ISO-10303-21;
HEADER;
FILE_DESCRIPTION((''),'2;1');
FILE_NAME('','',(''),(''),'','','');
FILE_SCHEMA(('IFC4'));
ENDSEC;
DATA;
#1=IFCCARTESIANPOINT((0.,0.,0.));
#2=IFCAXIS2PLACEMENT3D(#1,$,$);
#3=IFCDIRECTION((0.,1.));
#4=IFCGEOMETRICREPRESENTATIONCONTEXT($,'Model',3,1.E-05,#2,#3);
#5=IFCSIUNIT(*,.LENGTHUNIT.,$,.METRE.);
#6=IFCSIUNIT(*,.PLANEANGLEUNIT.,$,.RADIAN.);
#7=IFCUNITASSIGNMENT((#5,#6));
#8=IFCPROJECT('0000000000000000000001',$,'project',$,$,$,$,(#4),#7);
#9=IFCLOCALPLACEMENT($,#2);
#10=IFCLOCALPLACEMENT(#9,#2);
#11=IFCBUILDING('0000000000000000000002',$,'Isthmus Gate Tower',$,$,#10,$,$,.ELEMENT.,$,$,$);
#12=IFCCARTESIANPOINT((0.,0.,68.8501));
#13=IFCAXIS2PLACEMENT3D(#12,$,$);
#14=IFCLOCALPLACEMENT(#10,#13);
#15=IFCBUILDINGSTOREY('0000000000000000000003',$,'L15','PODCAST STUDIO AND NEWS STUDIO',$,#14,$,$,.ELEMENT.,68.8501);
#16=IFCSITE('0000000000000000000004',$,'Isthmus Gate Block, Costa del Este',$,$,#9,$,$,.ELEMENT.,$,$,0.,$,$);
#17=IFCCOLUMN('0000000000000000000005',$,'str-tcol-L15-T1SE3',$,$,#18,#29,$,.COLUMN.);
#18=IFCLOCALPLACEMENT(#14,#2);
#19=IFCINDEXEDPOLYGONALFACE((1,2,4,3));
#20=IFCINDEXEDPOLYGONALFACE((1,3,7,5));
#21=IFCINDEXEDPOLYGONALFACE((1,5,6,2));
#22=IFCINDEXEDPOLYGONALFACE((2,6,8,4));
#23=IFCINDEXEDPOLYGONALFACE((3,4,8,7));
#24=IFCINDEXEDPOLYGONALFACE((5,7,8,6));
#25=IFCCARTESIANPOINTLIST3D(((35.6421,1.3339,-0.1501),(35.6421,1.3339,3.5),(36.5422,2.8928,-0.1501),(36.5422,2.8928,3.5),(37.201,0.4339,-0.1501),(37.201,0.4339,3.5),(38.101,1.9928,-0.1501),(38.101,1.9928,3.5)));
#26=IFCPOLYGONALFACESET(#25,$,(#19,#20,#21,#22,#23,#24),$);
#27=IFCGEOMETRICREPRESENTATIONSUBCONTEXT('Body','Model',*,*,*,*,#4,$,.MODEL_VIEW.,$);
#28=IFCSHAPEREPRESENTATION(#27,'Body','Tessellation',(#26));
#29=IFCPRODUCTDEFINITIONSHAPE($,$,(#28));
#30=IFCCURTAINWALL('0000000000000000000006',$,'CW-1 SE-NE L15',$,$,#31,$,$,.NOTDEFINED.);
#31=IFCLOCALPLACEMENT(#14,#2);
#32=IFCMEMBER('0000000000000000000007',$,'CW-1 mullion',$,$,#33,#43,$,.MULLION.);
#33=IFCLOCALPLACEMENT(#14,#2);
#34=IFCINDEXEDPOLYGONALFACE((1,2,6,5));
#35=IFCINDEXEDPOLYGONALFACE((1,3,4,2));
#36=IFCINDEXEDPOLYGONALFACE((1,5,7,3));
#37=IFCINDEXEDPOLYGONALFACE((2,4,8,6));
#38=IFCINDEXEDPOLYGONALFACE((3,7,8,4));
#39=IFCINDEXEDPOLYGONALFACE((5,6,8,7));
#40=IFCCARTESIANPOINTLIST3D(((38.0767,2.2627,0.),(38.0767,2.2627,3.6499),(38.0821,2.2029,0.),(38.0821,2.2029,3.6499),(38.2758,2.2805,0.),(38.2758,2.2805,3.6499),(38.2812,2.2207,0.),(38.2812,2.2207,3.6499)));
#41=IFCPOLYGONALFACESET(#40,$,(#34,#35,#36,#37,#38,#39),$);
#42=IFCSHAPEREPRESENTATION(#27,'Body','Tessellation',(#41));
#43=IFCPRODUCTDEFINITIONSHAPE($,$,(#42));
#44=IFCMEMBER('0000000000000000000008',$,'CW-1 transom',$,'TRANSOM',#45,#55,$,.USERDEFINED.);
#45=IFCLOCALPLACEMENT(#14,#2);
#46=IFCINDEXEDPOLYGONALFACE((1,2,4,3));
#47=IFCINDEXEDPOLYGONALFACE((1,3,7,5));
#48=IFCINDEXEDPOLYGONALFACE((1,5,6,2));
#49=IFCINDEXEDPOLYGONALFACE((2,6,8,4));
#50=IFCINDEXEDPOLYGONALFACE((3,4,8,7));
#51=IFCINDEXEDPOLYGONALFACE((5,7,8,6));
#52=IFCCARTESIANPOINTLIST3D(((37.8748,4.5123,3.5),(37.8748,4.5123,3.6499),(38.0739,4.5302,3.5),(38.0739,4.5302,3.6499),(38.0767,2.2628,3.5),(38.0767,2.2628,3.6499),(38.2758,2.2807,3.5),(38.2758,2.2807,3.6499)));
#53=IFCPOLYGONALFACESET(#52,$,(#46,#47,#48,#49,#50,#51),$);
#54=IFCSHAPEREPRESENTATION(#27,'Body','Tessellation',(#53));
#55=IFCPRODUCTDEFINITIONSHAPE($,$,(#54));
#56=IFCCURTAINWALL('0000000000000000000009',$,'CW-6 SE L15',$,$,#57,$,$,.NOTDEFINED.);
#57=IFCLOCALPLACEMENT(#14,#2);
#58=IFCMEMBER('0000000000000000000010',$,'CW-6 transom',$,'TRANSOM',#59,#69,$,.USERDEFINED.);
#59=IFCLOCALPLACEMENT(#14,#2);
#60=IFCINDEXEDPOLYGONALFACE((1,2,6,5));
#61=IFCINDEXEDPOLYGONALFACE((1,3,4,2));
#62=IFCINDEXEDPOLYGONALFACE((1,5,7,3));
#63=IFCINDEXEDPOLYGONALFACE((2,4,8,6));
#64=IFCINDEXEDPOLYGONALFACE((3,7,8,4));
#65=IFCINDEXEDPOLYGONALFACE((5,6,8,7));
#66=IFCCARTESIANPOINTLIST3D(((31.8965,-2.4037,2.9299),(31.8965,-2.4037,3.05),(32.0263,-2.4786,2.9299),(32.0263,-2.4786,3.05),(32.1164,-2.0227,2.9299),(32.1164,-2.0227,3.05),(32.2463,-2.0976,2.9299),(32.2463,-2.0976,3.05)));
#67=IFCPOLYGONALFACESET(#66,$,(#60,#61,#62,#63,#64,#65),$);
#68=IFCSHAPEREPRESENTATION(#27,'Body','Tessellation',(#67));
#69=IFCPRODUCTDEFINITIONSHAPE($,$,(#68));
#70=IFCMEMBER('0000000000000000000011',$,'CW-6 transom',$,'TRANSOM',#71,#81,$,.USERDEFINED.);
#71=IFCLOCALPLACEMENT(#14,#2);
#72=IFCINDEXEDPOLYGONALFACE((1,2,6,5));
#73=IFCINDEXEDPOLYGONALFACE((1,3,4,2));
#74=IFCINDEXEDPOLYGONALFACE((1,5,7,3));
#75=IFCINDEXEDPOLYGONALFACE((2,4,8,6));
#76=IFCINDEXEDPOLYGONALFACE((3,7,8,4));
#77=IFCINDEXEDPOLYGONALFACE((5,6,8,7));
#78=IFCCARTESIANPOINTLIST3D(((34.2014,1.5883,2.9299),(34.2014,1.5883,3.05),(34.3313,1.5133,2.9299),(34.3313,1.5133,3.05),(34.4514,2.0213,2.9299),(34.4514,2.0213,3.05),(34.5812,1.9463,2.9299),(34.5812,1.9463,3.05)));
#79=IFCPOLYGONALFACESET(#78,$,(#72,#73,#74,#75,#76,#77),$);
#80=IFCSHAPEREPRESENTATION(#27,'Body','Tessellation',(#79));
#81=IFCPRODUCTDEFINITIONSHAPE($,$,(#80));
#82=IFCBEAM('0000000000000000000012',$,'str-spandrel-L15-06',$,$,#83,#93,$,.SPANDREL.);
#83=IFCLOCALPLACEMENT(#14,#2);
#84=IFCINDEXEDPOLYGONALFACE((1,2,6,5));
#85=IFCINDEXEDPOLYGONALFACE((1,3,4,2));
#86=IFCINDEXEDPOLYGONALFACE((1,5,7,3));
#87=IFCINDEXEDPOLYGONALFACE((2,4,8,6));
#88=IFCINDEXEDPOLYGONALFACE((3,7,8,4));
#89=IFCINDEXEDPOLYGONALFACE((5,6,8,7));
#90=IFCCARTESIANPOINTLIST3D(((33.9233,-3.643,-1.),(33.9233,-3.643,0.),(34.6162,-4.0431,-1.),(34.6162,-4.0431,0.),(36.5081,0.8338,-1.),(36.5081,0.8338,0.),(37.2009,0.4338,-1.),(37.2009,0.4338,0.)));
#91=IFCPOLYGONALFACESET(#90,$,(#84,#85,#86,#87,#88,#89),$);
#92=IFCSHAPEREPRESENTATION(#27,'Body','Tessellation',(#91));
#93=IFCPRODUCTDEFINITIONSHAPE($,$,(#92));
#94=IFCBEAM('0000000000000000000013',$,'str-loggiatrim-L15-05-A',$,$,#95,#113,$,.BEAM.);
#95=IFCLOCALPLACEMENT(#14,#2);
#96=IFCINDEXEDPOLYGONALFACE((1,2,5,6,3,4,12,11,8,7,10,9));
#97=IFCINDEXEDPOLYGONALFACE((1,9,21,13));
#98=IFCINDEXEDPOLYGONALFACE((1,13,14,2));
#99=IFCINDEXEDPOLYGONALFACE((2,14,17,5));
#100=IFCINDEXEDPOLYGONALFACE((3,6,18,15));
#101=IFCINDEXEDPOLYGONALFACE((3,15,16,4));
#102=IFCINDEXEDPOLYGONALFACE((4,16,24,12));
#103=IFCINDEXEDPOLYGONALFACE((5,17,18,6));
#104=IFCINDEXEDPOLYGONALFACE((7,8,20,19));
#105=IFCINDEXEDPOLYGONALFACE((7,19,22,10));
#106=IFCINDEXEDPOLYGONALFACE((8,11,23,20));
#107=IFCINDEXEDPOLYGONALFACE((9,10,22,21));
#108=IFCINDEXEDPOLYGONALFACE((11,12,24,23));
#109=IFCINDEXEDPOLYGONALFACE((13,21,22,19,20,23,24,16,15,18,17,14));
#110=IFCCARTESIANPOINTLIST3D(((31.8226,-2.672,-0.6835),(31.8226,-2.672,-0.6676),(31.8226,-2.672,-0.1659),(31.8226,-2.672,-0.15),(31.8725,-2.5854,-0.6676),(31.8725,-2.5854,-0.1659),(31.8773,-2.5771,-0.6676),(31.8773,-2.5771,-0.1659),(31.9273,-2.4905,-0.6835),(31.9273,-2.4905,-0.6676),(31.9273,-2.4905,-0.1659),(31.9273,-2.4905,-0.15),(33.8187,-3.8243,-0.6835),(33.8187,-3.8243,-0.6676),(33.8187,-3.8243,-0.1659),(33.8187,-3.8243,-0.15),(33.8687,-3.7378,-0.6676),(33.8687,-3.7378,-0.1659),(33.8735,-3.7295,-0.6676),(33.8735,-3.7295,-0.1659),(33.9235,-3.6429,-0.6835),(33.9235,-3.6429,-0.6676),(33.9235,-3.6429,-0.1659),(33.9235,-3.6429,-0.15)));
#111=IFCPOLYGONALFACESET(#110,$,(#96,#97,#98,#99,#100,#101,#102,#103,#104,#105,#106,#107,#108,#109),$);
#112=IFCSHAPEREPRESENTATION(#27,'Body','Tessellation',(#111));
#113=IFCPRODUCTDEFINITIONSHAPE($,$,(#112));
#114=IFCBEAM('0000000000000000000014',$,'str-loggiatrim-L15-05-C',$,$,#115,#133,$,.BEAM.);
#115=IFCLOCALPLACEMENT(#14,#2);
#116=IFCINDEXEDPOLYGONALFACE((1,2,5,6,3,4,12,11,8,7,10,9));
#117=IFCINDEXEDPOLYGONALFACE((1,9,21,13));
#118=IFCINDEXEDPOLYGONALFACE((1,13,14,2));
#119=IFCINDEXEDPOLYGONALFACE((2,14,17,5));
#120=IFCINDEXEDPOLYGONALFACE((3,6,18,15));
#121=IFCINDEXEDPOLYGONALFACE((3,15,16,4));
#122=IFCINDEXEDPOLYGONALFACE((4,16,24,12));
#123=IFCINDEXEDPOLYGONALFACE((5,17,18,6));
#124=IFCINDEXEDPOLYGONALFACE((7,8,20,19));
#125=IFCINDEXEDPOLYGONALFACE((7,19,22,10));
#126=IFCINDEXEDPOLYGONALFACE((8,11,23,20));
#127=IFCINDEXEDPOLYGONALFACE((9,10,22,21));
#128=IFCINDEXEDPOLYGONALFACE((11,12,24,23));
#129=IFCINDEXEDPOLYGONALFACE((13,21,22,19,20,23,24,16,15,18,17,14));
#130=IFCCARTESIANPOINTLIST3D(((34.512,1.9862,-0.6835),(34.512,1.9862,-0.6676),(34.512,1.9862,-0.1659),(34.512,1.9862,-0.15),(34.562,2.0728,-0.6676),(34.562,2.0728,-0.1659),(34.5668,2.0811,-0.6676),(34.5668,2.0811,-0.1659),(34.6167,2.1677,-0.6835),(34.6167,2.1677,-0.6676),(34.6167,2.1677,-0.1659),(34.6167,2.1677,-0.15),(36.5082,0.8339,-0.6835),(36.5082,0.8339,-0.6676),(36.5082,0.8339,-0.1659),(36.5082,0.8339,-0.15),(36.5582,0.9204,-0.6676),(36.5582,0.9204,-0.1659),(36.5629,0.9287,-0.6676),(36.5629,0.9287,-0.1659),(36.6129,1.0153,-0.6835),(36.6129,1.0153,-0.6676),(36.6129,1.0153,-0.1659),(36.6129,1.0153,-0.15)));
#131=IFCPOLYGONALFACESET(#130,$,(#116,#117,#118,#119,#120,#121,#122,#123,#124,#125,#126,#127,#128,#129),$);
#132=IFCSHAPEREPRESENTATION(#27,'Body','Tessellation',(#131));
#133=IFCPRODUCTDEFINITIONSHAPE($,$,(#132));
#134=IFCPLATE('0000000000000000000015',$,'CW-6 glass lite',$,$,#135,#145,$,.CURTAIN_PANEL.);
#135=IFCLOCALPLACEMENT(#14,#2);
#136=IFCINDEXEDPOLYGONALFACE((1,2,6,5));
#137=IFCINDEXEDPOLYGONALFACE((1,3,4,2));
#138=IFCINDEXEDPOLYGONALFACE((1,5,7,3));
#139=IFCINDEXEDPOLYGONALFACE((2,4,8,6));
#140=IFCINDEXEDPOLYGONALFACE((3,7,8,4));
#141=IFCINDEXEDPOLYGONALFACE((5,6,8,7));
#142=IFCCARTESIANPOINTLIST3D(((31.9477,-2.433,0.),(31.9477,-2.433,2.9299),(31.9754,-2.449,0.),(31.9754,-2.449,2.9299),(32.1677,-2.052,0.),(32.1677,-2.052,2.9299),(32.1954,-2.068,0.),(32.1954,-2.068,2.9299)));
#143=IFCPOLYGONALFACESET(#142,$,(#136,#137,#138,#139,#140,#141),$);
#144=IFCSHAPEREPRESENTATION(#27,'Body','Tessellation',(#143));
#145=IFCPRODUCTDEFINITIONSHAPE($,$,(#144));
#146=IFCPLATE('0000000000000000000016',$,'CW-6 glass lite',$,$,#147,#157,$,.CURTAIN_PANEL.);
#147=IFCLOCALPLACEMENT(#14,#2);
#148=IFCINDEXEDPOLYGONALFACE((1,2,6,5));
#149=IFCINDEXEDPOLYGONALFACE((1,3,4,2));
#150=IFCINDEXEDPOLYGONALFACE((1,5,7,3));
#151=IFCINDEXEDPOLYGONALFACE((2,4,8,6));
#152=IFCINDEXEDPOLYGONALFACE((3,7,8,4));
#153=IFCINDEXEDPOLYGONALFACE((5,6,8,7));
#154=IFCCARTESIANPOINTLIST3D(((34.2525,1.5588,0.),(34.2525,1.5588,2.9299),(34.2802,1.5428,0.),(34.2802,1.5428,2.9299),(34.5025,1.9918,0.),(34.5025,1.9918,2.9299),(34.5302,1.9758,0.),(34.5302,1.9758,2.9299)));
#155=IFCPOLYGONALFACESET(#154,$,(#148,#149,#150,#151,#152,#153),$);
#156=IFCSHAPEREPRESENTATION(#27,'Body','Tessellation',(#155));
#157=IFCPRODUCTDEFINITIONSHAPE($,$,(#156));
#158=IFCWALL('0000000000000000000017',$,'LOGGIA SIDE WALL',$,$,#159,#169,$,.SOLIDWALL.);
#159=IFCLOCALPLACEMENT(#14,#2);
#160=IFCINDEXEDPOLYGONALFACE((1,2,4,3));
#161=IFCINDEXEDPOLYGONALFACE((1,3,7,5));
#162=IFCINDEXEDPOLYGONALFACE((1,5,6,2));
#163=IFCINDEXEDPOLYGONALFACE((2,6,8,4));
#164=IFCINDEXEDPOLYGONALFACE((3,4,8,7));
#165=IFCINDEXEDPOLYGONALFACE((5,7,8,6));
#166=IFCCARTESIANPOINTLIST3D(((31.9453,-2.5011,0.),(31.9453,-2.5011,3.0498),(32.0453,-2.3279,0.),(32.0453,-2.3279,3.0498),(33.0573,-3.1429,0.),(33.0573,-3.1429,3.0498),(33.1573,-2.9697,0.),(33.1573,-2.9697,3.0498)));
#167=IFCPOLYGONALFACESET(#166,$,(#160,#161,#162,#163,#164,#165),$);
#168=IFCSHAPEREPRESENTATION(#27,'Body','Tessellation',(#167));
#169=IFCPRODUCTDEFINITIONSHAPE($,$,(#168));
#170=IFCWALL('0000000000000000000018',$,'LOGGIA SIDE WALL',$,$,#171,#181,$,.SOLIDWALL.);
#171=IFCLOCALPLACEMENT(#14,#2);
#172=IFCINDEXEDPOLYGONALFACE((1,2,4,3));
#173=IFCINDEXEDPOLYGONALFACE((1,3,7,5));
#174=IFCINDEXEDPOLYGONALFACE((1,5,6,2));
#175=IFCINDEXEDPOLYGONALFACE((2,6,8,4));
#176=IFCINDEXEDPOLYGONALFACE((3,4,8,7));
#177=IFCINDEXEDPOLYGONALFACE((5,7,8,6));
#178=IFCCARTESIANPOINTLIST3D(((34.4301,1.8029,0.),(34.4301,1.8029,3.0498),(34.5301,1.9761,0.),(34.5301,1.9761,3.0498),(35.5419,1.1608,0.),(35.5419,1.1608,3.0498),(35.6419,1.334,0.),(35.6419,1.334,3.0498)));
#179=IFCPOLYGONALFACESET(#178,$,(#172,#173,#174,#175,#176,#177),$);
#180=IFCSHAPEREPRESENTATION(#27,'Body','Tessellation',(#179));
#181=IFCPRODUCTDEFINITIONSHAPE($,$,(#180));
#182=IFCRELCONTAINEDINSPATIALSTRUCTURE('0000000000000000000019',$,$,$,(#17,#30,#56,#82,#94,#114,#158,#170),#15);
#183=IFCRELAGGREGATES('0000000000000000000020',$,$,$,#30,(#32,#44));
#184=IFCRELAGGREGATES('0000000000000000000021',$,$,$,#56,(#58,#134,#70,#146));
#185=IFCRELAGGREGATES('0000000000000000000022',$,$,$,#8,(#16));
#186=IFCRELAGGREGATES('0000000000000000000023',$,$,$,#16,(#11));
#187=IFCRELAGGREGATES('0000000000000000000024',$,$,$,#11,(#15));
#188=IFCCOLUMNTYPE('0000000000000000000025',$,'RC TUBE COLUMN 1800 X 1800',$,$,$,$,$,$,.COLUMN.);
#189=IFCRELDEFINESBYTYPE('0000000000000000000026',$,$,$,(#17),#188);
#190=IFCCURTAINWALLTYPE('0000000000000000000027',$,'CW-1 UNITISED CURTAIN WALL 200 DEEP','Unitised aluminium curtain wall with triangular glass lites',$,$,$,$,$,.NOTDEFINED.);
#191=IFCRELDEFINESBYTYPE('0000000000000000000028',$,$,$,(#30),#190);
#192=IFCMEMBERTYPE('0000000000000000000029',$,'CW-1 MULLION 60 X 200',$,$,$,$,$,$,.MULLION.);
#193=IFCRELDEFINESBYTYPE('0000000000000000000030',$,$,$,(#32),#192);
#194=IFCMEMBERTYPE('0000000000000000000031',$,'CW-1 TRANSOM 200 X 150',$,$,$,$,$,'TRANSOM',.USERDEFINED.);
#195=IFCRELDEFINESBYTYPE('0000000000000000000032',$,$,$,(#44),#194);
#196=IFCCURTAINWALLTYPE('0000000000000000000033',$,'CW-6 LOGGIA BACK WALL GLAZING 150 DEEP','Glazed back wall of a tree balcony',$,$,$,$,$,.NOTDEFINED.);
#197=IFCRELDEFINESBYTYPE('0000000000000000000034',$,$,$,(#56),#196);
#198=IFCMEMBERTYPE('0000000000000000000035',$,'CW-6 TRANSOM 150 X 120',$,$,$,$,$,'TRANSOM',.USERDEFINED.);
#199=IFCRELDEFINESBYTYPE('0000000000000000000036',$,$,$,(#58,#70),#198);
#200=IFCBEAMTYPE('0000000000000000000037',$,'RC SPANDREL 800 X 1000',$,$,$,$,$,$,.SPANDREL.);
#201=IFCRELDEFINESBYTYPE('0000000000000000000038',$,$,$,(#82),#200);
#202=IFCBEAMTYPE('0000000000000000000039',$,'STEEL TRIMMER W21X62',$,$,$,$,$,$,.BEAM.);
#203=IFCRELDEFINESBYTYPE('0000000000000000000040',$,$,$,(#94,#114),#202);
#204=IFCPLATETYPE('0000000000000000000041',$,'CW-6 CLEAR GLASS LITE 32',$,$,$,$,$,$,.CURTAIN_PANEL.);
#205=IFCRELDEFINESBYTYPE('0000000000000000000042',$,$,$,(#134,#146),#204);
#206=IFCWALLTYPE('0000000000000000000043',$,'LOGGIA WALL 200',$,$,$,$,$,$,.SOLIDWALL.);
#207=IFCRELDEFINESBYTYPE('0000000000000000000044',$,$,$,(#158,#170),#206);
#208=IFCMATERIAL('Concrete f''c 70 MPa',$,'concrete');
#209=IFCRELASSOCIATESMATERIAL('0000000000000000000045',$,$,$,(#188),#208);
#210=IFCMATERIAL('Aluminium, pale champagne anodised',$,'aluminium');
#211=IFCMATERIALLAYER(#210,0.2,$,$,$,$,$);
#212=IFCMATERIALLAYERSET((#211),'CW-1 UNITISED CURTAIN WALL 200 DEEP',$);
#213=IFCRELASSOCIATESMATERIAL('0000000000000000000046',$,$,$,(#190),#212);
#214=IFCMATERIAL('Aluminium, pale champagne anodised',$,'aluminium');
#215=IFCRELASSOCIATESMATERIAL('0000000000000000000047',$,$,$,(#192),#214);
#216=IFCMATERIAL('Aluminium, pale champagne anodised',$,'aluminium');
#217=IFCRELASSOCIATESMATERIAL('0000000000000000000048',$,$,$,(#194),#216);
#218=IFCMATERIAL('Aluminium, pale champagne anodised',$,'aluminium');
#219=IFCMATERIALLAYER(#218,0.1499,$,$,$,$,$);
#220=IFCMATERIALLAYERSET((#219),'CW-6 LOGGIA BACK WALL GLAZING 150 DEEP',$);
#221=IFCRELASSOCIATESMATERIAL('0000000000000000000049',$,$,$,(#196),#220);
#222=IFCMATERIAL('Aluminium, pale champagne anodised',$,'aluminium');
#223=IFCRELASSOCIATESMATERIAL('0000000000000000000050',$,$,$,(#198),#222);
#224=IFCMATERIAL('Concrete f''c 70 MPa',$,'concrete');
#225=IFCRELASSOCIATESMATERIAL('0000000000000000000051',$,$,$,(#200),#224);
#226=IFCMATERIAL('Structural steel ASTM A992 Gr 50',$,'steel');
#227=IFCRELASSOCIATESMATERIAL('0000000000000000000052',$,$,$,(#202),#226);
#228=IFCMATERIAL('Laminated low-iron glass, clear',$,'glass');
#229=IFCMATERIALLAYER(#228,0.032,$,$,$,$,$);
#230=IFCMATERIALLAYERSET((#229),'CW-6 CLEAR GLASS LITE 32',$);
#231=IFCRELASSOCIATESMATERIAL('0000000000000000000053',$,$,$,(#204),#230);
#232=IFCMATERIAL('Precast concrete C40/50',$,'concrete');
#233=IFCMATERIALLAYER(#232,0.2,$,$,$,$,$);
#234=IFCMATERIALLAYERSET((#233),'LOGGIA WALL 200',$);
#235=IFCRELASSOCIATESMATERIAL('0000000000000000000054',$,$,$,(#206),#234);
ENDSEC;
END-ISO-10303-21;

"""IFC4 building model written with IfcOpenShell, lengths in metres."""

from ifc_helpers import new_model, si_unit, direction, frame, frame_2d, origin, origin_2d, place, context, subcontext, project, spatial, rectangle, i_section, extrude, material, layer, layer_set, material_profile, profile_set, type_object, element, aggregate, save


model = new_model("IFC4")

# Units and contexts
model_context = context("Model", 3, precision=1e-05, world=origin(), true_north=direction((0.0, 1.0)))
body_context = subcontext(model_context, "Body", "Model", "MODEL_VIEW")
ifc_project = project(units=[si_unit("LENGTHUNIT", "METRE"), si_unit("PLANEANGLEUNIT", "RADIAN")], contexts=[model_context])

# Site, building, storey
site_placement = place(None, origin())
site = spatial("IfcSite", under=ifc_project, at=site_placement, Name="Isthmus Gate Block, Costa del Este", CompositionType="ELEMENT", RefElevation=0.0)
building_placement = place(site_placement, origin())
building = spatial("IfcBuilding", under=site, at=building_placement, Name="Isthmus Gate Tower", CompositionType="ELEMENT")
storey_placement = place(building_placement, frame((0.0, 0.0, 68.8501)))
storey = spatial("IfcBuildingStorey", under=building, at=storey_placement, Name="L15", Description="PODCAST STUDIO AND NEWS STUDIO", CompositionType="ELEMENT", Elevation=68.8501)

# Column
ifc_material_1 = material(Name="Concrete f'c 70 MPa", Category="concrete")
ifc_material_profile_1 = material_profile(ifc_material_1, rectangle(XDim=1.8, YDim=1.8, at=origin_2d()), Name="RC 1800X1800")
ifc_profile_set_1 = profile_set([ifc_material_profile_1], Name="Concrete f'c 70 MPa")
column_type = type_object("IfcColumnType", Name="RC TUBE COLUMN 1800 X 1800", PredefinedType="COLUMN", material=ifc_profile_set_1)
column_placement = place(storey_placement, frame((36.8716, 1.6633, -0.1501), z_axis=(0.0, 0.0, 1.0), x_axis=(0.5, 0.866025, 0.0)))
element("IfcColumn", 1, at=column_placement, inside=storey, type_object=column_type, Name="str-tcol-L15-T1SE3", PredefinedType="COLUMN", context=body_context, shape_type="SweptSolid", body=[
    extrude(rectangle(XDim=1.8, YDim=1.8, at=origin_2d()), origin(), (0.0, 0.0, 1.0), 3.6501),
])

# Curtain walls, members
ifc_material_2 = material(Name="Aluminium, pale champagne anodised", Category="aluminium")
ifc_layer_1 = layer(ifc_material_2, 0.2)
ifc_layer_set_1 = layer_set([ifc_layer_1], Name="CW-1 UNITISED CURTAIN WALL 200 DEEP")
curtain_wall_type_1 = type_object("IfcCurtainWallType", Name="CW-1 UNITISED CURTAIN WALL 200 DEEP", Description="Unitised aluminium curtain wall with triangular glass lites", PredefinedType="NOTDEFINED", material=ifc_layer_set_1)
curtain_wall_1_placement = place(storey_placement, origin())
curtain_wall_1 = element("IfcCurtainWall", 2, at=curtain_wall_1_placement, inside=storey, type_object=curtain_wall_type_1, Name="CW-1 SE-NE L15", PredefinedType="NOTDEFINED")
ifc_material_3 = material(Name="Aluminium, pale champagne anodised", Category="aluminium")
ifc_material_profile_2 = material_profile(ifc_material_3, rectangle(XDim=0.0601, YDim=0.2, at=origin_2d()), Name="60x200")
ifc_profile_set_2 = profile_set([ifc_material_profile_2], Name="Aluminium, pale champagne anodised")
member_type_1 = type_object("IfcMemberType", Name="CW-1 MULLION 60 X 200", PredefinedType="MULLION", material=ifc_profile_set_2)
member_1_placement = place(storey_placement, frame((38.179, 2.2417, 0.0), z_axis=(0.0, 0.0, 1.0), x_axis=(-0.089397, 0.995996, 0.0)))
member_1 = element("IfcMember", 3, at=member_1_placement, type_object=member_type_1, Name="CW-1 mullion", PredefinedType="MULLION", context=body_context, shape_type="SweptSolid", body=[
    extrude(rectangle(XDim=0.0601, YDim=0.2, at=origin_2d()), origin(), (0.0, 0.0, 1.0), 3.6499),
])
ifc_material_4 = material(Name="Aluminium, pale champagne anodised", Category="aluminium")
ifc_material_profile_3 = material_profile(ifc_material_4, rectangle(XDim=0.2, YDim=0.1499, at=origin_2d()), Name="200x150")
ifc_profile_set_3 = profile_set([ifc_material_profile_3], Name="Aluminium, pale champagne anodised")
member_type_2 = type_object("IfcMemberType", Name="CW-1 TRANSOM 200 X 150", ElementType="TRANSOM", PredefinedType="USERDEFINED", material=ifc_profile_set_3)
member_2_placement = place(storey_placement, frame((38.1763, 2.2717, 3.575), z_axis=(-0.089395, 0.995996, 0.0), x_axis=(-0.995996, -0.089395, 0.0)))
member_2 = element("IfcMember", 4, at=member_2_placement, type_object=member_type_2, Name="CW-1 transom", ObjectType="TRANSOM", PredefinedType="USERDEFINED", context=body_context, shape_type="SweptSolid", body=[
    extrude(rectangle(XDim=0.2, YDim=0.1499, at=origin_2d()), origin(), (0.0, 0.0, 1.0), 2.2585),
])
aggregate(curtain_wall_1, [member_1, member_2])
ifc_material_5 = material(Name="Aluminium, pale champagne anodised", Category="aluminium")
ifc_layer_2 = layer(ifc_material_5, 0.1499)
ifc_layer_set_2 = layer_set([ifc_layer_2], Name="CW-6 LOGGIA BACK WALL GLAZING 150 DEEP")
curtain_wall_type_2 = type_object("IfcCurtainWallType", Name="CW-6 LOGGIA BACK WALL GLAZING 150 DEEP", Description="Glazed back wall of a tree balcony", PredefinedType="NOTDEFINED", material=ifc_layer_set_2)
curtain_wall_2_placement = place(storey_placement, origin())
curtain_wall_2 = element("IfcCurtainWall", 5, at=curtain_wall_2_placement, inside=storey, type_object=curtain_wall_type_2, Name="CW-6 SE L15", PredefinedType="NOTDEFINED")
ifc_material_6 = material(Name="Aluminium, pale champagne anodised", Category="aluminium")
ifc_material_profile_4 = material_profile(ifc_material_6, rectangle(XDim=0.1499, YDim=0.1201, at=origin_2d()), Name="150x120")
ifc_profile_set_4 = profile_set([ifc_material_profile_4], Name="Aluminium, pale champagne anodised")
member_type_3 = type_object("IfcMemberType", Name="CW-6 TRANSOM 150 X 120", ElementType="TRANSOM", PredefinedType="USERDEFINED", material=ifc_profile_set_4)
member_3_placement = place(storey_placement, frame((31.9614, -2.4412, 2.99), z_axis=(0.499899, 0.866084, 0.0), x_axis=(-0.866084, 0.499899, 0.0)))
member_3 = element("IfcMember", 6, at=member_3_placement, type_object=member_type_3, Name="CW-6 transom", ObjectType="TRANSOM", PredefinedType="USERDEFINED", context=body_context, shape_type="SweptSolid", body=[
    extrude(rectangle(XDim=0.1499, YDim=0.1201, at=origin_2d()), origin(), (0.0, 0.0, 1.0), 0.4399),
])
member_4_placement = place(storey_placement, frame((34.2664, 1.5508, 2.99), z_axis=(0.49992, 0.866072, 0.0), x_axis=(-0.866072, 0.49992, 0.0)))
member_4 = element("IfcMember", 7, at=member_4_placement, type_object=member_type_3, Name="CW-6 transom", ObjectType="TRANSOM", PredefinedType="USERDEFINED", context=body_context, shape_type="SweptSolid", body=[
    extrude(rectangle(XDim=0.1499, YDim=0.1201, at=origin_2d()), origin(), (0.0, 0.0, 1.0), 0.5),
])

# Beams
ifc_material_7 = material(Name="Concrete f'c 70 MPa", Category="concrete")
ifc_material_profile_5 = material_profile(ifc_material_7, rectangle(XDim=0.8, YDim=1.0, at=origin_2d()), Name="RC 800X1000")
ifc_profile_set_5 = profile_set([ifc_material_profile_5], Name="Concrete f'c 70 MPa")
beam_type_1 = type_object("IfcBeamType", Name="RC SPANDREL 800 X 1000", PredefinedType="SPANDREL", material=ifc_profile_set_5)
beam_placement = place(storey_placement, frame((36.8545, 0.6338, -0.5), z_axis=(-0.500005, -0.866023, 0.0), x_axis=(0.866023, -0.500005, 0.0)))
element("IfcBeam", 8, at=beam_placement, inside=storey, type_object=beam_type_1, Name="str-spandrel-L15-06", PredefinedType="SPANDREL", context=body_context, shape_type="SweptSolid", body=[
    extrude(rectangle(XDim=0.8, YDim=1.0, at=origin_2d()), origin(), (0.0, 0.0, 1.0), 5.1694),
])
ifc_material_8 = material(Name="Structural steel ASTM A992 Gr 50", Category="steel")
ifc_material_profile_6 = material_profile(ifc_material_8, i_section(OverallWidth=0.2095, OverallDepth=0.5334, WebThickness=0.0095, FlangeThickness=0.0159, at=origin_2d()), Name="W21X62")
ifc_profile_set_6 = profile_set([ifc_material_profile_6], Name="Structural steel ASTM A992 Gr 50")
beam_type_2 = type_object("IfcBeamType", Name="STEEL TRIMMER W21X62", PredefinedType="BEAM", material=ifc_profile_set_6)
for number, where, z_axis, x_axis, name in (
    (9, (33.8711, -3.7336, -0.4167), (-0.866044, 0.499967, 0.0), (-0.499967, -0.866044, 0.0), "str-loggiatrim-L15-05-A"),
    (10, (36.5605, 0.9246, -0.4167), (-0.866044, 0.499967, 0.0), (-0.499967, -0.866044, 0.0), "str-loggiatrim-L15-05-C"),
):
    element("IfcBeam", number, at=place(storey_placement, frame(where, z_axis=z_axis, x_axis=x_axis)), inside=storey, type_object=beam_type_2, Name=name, PredefinedType="BEAM", context=body_context, shape_type="SweptSolid", body=[
        extrude(i_section(OverallWidth=0.2095, OverallDepth=0.5334, WebThickness=0.0095, FlangeThickness=0.0159, at=origin_2d()), origin(), (0.0, 0.0, 1.0), 2.3049),
    ])

# Plates
ifc_material_9 = material(Name="Laminated low-iron glass, clear", Category="glass")
ifc_layer_3 = layer(ifc_material_9, 0.032)
ifc_layer_set_3 = layer_set([ifc_layer_3], Name="CW-6 CLEAR GLASS LITE 32")
plate_type = type_object("IfcPlateType", Name="CW-6 CLEAR GLASS LITE 32", PredefinedType="CURTAIN_PANEL", material=ifc_layer_set_3)
plate_1_placement = place(storey_placement, frame((32.0715, -2.2505, 0.0), z_axis=(0.0, 0.0, 1.0), x_axis=(0.5, 0.866025, 0.0)))
plate_1 = element("IfcPlate", 11, at=plate_1_placement, type_object=plate_type, Name="CW-6 glass lite", PredefinedType="CURTAIN_PANEL", context=body_context, shape_type="SweptSolid", body=[
    extrude(rectangle(XDim=0.4399, YDim=0.032, at=origin_2d()), origin(), (0.0, 0.0, 1.0), 2.9299),
])
plate_2_placement = place(storey_placement, frame((34.3914, 1.7673, 0.0), z_axis=(0.0, 0.0, 1.0), x_axis=(0.5, 0.866025, 0.0)))
plate_2 = element("IfcPlate", 12, at=plate_2_placement, type_object=plate_type, Name="CW-6 glass lite", PredefinedType="CURTAIN_PANEL", context=body_context, shape_type="SweptSolid", body=[
    extrude(rectangle(XDim=0.5, YDim=0.032, at=origin_2d()), origin(), (0.0, 0.0, 1.0), 2.9299),
])
aggregate(curtain_wall_2, [member_3, plate_1, member_4, plate_2])

# Shared definitions
ifc_material_10 = material(Name="Precast concrete C40/50", Category="concrete")
ifc_layer_4 = layer(ifc_material_10, 0.2)
ifc_layer_set_4 = layer_set([ifc_layer_4], Name="LOGGIA WALL 200")
wall_type = type_object("IfcWallType", Name="LOGGIA WALL 200", PredefinedType="SOLIDWALL", material=ifc_layer_set_4)

# Walls
for number, where, z_axis, x_axis, name in (
    (13, (33.1074, -3.0564, 0.0), (0.0, 0.0, 1.0), (-0.866094, 0.499882, 0.0), "LOGGIA SIDE WALL"),
    (14, (35.592, 1.2473, 0.0), (0.0, 0.0, 1.0), (-0.865964, 0.500107, 0.0), "LOGGIA SIDE WALL"),
):
    element("IfcWall", number, at=place(storey_placement, frame(where, z_axis=z_axis, x_axis=x_axis)), inside=storey, type_object=wall_type, Name=name, PredefinedType="SOLIDWALL", context=body_context, shape_type="SweptSolid", body=[
        extrude(rectangle(XDim=1.2839, YDim=0.2, at=frame_2d((0.6421, 0.0))), origin(), (0.0, 0.0, 1.0), 3.0498),
    ])

save(model, "model.ifc")
